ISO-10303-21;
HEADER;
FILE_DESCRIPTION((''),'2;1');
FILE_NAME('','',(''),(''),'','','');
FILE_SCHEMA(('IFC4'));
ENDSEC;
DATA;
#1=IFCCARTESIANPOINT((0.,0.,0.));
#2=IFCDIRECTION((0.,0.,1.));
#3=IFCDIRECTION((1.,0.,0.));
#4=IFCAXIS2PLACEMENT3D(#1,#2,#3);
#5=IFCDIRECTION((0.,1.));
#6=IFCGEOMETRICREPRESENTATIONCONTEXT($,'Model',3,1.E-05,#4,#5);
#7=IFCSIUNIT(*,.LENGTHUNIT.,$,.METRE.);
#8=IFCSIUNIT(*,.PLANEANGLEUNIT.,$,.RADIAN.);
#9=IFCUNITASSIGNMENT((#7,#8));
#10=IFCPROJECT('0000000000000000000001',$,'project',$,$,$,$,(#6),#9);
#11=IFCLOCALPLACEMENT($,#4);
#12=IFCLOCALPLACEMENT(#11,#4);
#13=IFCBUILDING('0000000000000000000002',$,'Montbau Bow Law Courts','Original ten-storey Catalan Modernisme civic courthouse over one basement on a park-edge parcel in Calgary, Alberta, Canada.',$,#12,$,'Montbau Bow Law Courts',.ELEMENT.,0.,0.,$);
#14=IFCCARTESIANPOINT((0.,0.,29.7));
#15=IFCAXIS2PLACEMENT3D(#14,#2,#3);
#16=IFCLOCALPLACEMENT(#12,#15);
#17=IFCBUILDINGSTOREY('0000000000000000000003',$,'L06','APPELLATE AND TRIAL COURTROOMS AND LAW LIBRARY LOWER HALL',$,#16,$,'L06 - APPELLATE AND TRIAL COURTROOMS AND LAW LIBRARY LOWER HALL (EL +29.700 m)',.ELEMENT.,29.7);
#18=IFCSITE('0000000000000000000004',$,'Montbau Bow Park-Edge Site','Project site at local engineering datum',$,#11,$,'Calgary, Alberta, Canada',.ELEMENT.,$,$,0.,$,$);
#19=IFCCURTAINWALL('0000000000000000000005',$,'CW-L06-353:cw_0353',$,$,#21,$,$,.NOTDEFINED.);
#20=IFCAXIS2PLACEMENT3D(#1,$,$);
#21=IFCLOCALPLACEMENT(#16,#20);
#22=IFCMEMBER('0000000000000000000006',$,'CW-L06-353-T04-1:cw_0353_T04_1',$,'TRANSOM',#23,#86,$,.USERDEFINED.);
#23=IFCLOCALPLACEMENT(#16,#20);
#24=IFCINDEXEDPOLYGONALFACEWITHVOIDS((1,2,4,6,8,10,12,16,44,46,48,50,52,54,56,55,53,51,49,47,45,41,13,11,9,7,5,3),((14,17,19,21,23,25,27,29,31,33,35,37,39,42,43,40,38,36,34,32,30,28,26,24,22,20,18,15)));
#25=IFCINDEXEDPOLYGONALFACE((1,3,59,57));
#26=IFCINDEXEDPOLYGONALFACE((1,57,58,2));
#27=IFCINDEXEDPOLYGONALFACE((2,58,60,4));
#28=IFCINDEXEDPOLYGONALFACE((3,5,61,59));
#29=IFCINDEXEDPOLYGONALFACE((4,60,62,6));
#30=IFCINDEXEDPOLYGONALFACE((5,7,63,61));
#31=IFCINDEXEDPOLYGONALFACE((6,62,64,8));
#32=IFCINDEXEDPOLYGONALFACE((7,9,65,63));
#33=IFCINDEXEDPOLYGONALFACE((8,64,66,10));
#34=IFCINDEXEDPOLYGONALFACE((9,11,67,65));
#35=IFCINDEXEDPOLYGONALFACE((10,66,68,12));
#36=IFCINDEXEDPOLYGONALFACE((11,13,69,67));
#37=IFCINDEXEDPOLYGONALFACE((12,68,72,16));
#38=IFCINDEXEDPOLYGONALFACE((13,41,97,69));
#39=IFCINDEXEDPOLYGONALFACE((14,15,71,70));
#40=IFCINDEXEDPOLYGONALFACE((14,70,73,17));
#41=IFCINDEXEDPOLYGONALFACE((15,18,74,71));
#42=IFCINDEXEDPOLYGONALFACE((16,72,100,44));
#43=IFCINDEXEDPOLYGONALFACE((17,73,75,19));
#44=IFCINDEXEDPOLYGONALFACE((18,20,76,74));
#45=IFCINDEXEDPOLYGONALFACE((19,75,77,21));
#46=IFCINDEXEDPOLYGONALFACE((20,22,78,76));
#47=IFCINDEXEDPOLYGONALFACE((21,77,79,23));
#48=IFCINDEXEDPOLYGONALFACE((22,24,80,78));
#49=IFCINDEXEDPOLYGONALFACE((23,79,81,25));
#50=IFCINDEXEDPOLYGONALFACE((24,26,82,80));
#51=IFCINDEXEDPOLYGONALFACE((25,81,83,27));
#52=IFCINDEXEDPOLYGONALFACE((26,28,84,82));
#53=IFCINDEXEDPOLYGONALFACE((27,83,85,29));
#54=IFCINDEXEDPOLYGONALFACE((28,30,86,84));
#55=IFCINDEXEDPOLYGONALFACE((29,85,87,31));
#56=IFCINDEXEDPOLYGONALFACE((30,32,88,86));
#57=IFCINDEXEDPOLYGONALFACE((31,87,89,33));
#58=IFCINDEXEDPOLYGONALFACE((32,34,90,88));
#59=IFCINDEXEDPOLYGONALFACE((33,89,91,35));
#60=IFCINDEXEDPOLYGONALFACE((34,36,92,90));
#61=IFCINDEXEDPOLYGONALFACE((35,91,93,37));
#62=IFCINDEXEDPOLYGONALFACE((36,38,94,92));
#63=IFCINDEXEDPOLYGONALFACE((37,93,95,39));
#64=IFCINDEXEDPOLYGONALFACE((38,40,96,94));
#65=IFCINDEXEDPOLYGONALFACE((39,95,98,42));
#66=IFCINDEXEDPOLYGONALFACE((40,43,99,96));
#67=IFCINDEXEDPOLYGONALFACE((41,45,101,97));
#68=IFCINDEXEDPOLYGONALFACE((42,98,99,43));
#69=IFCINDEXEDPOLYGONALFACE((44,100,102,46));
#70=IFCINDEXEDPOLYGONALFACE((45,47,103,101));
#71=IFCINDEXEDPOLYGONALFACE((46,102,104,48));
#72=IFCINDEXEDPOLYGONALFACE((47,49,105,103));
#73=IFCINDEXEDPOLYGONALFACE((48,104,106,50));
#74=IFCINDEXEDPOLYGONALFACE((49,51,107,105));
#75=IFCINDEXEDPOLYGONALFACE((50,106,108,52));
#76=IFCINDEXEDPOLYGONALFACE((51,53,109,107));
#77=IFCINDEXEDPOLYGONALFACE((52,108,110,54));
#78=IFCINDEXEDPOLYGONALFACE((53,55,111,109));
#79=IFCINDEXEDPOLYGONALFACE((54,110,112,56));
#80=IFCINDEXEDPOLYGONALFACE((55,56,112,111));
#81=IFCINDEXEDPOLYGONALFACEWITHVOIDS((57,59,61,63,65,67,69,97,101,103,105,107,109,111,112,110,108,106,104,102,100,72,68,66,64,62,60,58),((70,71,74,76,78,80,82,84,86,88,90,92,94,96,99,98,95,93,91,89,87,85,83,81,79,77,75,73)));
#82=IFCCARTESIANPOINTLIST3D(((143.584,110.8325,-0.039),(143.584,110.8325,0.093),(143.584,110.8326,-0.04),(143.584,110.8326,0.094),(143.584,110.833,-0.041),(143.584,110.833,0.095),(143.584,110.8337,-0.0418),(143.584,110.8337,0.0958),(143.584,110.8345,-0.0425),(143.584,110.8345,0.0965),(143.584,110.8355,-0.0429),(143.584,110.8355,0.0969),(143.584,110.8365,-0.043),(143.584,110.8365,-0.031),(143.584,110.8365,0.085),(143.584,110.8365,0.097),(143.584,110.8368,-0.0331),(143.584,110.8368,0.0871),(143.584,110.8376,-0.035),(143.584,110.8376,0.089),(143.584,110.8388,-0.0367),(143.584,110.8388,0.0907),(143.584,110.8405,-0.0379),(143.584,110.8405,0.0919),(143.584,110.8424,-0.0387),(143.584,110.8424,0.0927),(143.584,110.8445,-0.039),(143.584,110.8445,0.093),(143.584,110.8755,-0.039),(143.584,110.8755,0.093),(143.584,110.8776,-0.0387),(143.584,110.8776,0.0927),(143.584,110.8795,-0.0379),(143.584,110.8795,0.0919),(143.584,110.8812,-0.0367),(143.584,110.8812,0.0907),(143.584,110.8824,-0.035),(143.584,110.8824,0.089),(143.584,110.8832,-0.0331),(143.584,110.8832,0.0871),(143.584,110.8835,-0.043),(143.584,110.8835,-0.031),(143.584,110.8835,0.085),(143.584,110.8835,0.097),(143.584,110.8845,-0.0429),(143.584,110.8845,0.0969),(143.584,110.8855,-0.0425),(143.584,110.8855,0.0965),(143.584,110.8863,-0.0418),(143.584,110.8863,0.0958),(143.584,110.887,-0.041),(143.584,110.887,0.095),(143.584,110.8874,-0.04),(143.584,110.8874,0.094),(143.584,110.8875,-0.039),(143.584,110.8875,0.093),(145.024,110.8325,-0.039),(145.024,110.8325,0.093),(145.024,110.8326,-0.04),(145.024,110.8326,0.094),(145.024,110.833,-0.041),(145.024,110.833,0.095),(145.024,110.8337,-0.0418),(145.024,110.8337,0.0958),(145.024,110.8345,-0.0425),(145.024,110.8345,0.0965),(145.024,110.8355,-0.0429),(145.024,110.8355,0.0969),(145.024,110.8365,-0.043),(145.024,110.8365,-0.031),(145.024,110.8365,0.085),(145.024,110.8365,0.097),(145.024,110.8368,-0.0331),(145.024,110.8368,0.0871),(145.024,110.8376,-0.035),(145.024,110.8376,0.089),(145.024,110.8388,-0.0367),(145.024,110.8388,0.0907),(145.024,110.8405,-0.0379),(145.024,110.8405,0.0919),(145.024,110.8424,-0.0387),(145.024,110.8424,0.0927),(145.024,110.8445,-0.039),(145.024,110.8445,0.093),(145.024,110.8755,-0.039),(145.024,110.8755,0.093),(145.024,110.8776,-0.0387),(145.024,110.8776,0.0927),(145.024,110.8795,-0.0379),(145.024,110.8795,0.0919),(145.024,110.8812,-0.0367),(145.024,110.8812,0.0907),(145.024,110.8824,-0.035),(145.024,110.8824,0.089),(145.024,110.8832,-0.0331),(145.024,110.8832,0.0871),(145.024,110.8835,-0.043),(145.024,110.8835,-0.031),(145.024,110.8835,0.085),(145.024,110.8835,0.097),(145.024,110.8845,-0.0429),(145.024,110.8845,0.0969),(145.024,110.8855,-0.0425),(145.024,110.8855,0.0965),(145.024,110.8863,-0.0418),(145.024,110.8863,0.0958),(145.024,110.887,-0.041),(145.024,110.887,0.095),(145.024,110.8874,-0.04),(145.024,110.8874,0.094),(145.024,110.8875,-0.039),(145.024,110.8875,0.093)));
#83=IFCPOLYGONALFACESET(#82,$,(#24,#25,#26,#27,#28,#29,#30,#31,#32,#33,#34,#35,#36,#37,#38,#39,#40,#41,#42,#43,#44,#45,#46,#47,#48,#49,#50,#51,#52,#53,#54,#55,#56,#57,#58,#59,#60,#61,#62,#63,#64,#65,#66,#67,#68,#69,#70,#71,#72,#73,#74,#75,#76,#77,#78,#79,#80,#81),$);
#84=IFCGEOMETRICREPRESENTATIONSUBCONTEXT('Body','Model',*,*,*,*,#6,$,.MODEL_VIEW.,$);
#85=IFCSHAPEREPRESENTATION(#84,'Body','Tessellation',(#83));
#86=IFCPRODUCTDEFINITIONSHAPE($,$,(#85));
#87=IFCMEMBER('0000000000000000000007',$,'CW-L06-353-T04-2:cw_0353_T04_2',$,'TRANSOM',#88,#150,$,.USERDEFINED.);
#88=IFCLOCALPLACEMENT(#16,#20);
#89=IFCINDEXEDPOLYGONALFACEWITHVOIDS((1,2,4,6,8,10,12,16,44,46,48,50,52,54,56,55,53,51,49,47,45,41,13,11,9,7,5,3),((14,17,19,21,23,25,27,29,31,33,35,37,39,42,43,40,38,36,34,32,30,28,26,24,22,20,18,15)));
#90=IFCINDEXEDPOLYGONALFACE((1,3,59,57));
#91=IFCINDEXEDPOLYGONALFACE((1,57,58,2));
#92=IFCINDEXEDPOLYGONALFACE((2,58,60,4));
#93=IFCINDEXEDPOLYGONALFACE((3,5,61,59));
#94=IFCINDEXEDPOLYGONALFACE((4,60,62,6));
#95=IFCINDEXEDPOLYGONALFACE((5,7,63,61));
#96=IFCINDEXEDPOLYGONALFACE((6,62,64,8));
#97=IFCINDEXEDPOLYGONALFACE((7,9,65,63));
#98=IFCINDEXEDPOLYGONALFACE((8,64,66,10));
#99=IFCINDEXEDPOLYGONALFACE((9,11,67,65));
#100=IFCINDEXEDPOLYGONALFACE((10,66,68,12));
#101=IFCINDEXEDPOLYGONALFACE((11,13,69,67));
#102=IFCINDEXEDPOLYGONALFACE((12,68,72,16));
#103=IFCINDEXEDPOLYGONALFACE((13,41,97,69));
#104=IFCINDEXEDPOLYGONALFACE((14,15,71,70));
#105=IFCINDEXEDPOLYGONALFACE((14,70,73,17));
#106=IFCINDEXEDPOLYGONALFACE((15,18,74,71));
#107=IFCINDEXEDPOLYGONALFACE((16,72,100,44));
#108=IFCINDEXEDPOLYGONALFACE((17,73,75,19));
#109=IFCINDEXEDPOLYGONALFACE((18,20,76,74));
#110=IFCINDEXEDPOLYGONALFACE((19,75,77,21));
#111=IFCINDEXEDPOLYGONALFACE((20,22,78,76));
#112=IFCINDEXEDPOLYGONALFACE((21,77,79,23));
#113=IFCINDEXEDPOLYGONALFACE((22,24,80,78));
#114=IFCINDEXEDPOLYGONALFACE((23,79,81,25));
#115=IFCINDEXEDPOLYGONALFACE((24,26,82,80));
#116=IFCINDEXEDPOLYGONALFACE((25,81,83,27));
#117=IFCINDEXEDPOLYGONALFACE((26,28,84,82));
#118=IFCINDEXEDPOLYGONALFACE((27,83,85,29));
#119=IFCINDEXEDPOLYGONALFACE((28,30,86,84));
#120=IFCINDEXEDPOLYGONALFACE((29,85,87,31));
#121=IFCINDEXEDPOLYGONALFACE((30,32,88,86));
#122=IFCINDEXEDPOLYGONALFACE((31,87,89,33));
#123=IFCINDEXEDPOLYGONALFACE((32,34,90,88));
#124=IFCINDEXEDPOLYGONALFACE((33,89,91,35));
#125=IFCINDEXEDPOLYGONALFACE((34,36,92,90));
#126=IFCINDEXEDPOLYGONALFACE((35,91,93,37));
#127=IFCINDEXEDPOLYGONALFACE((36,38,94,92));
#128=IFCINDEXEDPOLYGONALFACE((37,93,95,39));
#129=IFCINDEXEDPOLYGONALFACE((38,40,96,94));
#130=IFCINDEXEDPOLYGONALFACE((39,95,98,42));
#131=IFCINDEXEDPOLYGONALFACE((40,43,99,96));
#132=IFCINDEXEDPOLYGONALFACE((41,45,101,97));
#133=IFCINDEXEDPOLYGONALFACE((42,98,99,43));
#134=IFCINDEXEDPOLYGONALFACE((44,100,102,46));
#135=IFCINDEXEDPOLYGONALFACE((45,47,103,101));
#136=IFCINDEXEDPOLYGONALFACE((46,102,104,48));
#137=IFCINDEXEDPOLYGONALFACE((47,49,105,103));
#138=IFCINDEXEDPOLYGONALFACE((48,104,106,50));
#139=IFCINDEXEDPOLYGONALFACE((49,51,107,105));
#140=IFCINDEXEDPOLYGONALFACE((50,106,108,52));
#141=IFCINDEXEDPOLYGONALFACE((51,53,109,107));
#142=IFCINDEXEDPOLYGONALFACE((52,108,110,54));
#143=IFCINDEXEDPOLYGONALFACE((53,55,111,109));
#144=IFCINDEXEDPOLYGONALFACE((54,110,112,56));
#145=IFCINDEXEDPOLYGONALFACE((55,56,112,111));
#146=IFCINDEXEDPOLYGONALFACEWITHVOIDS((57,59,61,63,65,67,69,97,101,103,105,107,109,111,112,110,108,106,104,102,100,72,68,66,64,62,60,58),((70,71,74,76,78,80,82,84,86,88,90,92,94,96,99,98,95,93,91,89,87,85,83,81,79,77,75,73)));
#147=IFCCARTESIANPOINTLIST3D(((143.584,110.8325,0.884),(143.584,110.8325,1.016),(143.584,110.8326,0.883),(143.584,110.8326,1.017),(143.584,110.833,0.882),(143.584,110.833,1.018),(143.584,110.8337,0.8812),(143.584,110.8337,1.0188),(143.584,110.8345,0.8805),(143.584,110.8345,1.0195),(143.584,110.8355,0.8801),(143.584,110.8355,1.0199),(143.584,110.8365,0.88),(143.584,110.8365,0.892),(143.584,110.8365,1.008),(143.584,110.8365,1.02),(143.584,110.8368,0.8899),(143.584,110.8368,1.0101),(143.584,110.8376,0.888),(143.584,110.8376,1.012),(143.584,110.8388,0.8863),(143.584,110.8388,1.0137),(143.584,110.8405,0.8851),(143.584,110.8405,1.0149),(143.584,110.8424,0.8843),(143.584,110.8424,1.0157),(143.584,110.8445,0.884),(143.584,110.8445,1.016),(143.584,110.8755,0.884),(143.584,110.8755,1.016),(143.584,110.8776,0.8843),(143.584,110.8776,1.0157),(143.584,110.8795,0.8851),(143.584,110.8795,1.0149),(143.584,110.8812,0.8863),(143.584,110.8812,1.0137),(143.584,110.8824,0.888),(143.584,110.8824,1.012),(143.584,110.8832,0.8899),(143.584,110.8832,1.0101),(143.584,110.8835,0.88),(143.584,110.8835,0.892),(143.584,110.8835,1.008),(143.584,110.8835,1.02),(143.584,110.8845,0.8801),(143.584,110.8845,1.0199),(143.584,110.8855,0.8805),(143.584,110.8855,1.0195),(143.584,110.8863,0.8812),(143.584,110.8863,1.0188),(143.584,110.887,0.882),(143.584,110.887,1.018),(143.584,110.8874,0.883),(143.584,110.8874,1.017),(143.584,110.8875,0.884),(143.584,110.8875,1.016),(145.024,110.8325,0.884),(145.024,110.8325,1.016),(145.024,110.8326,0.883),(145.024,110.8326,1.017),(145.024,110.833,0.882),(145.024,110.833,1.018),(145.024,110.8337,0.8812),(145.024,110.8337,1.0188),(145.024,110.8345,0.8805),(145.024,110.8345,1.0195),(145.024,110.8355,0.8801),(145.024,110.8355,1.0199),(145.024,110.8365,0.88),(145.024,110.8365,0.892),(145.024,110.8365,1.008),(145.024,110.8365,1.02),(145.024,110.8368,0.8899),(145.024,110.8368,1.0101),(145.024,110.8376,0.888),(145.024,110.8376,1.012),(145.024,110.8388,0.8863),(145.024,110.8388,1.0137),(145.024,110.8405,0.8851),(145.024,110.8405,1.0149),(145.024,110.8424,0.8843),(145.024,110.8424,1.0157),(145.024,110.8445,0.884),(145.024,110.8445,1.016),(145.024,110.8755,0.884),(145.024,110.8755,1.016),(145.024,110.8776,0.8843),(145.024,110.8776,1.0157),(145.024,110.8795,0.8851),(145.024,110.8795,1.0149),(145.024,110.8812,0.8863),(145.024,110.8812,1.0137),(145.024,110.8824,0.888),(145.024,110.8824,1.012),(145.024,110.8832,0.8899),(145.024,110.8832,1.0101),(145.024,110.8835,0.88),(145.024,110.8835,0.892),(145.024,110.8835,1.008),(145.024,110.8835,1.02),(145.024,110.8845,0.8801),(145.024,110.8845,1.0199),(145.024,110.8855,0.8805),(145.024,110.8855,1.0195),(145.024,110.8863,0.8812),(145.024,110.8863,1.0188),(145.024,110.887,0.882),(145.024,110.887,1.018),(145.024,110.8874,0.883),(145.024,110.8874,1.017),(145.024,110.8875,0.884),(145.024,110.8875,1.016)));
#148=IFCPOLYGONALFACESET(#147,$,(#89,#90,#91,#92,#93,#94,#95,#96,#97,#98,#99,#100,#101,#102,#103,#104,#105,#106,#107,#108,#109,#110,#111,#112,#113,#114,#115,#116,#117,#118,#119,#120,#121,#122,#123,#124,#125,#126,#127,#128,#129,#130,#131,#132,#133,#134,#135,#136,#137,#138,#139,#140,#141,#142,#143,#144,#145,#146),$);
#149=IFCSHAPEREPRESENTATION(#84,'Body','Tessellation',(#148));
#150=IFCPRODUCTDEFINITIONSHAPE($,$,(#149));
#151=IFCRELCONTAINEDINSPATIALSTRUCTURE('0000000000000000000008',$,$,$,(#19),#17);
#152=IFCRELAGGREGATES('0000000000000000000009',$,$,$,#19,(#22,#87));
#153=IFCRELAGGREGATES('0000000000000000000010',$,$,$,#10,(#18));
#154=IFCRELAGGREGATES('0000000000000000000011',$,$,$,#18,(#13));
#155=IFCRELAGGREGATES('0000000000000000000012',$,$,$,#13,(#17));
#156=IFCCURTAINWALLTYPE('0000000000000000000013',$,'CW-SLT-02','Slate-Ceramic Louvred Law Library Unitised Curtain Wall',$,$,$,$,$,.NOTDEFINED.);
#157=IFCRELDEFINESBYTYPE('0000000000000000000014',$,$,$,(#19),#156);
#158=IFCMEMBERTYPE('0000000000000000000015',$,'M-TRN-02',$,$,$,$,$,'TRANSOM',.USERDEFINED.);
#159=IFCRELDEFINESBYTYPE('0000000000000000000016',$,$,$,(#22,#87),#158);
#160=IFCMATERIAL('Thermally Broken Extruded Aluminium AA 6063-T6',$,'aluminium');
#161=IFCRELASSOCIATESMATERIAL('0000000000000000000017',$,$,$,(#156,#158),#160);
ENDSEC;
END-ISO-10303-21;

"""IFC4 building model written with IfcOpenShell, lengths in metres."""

from ifc_helpers import new_model, si_unit, direction, frame, origin_with_axes, origin_2d_with_axis, place, context, subcontext, project, spatial, hollow_rectangle, extrude, material, material_profile, profile_set, type_object, element, aggregate, save


model = new_model("IFC4")

# Units and contexts
model_context = context("Model", 3, precision=1e-05, world=origin_with_axes(), true_north=direction((0.0, 1.0)))
body_context = subcontext(model_context, "Body", "Model", "MODEL_VIEW")
ifc_project = project(units=[si_unit("LENGTHUNIT", "METRE"), si_unit("PLANEANGLEUNIT", "RADIAN")], contexts=[model_context])

# Site, building, storey
site_placement = place(None, origin_with_axes())
site = spatial("IfcSite", under=ifc_project, at=site_placement, Name="Montbau Bow Park-Edge Site", Description="Project site at local engineering datum", LongName="Calgary, Alberta, Canada", CompositionType="ELEMENT", RefElevation=0.0)
building_placement = place(site_placement, origin_with_axes())
building = spatial("IfcBuilding", under=site, at=building_placement, Name="Montbau Bow Law Courts", Description="Original ten-storey Catalan Modernisme civic courthouse over one basement on a park-edge parcel in Calgary, Alberta, Canada.", LongName="Montbau Bow Law Courts", CompositionType="ELEMENT", ElevationOfRefHeight=0.0, ElevationOfTerrain=0.0)
storey_placement = place(building_placement, frame((0.0, 0.0, 29.7), z_axis=(0.0, 0.0, 1.0), x_axis=(1.0, 0.0, 0.0)))
storey = spatial("IfcBuildingStorey", under=building, at=storey_placement, Name="L06", Description="APPELLATE AND TRIAL COURTROOMS AND LAW LIBRARY LOWER HALL", LongName="L06 - APPELLATE AND TRIAL COURTROOMS AND LAW LIBRARY LOWER HALL (EL +29.700 m)", CompositionType="ELEMENT", Elevation=29.7)

# Curtain wall, members
ifc_material_1 = material(Name="Thermally Broken Extruded Aluminium AA 6063-T6", Category="aluminium")
curtain_wall_type = type_object("IfcCurtainWallType", Name="CW-SLT-02", Description="Slate-Ceramic Louvred Law Library Unitised Curtain Wall", PredefinedType="NOTDEFINED", material=ifc_material_1)
curtain_wall_placement = place(None, frame((139.04, 110.86, 29.7), z_axis=(0.0, 0.0, 1.0), x_axis=(1.0, 0.0, 0.0)))
curtain_wall = element("IfcCurtainWall", 1, at=curtain_wall_placement, inside=storey, type_object=curtain_wall_type, Name="CW-L06-353:cw_0353", PredefinedType="NOTDEFINED")
ifc_material_profile_1 = material_profile(ifc_material_1, hollow_rectangle(XDim=0.055, YDim=0.14, WallThickness=0.004, InnerFilletRadius=0.008, OuterFilletRadius=0.004, at=origin_2d_with_axis()), Name="CWT-140X55", Category="Main", Priority=0)
ifc_profile_set_1 = profile_set([ifc_material_profile_1], Name="Thermally Broken Extruded Aluminium AA 6063-T6")
member_type_1 = type_object("IfcMemberType", Name="M-TRN-02", ElementType="TRANSOM", PredefinedType="USERDEFINED", material=ifc_profile_set_1)
member_1_placement = place(None, frame((143.584, 110.86, 29.727), z_axis=(1.0, 0.0, 0.0), x_axis=(0.0, 1.0, 0.0)))
member_1 = element("IfcMember", 2, at=member_1_placement, type_object=member_type_1, Name="CW-L06-353-T04-1:cw_0353_T04_1", ObjectType="TRANSOM", PredefinedType="USERDEFINED", context=body_context, shape_type="SweptSolid", body=[
    extrude(hollow_rectangle(XDim=0.055, YDim=0.14, WallThickness=0.004, InnerFilletRadius=0.008, OuterFilletRadius=0.004, at=origin_2d_with_axis()), origin_with_axes(), (0.0, 0.0, 1.0), 1.44),
])
member_2_placement = place(None, frame((143.584, 110.86, 30.65), z_axis=(1.0, 0.0, 0.0), x_axis=(0.0, 1.0, 0.0)))
member_2 = element("IfcMember", 3, at=member_2_placement, type_object=member_type_1, Name="CW-L06-353-T04-2:cw_0353_T04_2", ObjectType="TRANSOM", PredefinedType="USERDEFINED", context=body_context, shape_type="SweptSolid", body=[
    extrude(hollow_rectangle(XDim=0.055, YDim=0.14, WallThickness=0.004, InnerFilletRadius=0.008, OuterFilletRadius=0.004, at=origin_2d_with_axis()), origin_with_axes(), (0.0, 0.0, 1.0), 1.44),
])
aggregate(curtain_wall, [member_1, member_2])

save(model, "model.ifc")
